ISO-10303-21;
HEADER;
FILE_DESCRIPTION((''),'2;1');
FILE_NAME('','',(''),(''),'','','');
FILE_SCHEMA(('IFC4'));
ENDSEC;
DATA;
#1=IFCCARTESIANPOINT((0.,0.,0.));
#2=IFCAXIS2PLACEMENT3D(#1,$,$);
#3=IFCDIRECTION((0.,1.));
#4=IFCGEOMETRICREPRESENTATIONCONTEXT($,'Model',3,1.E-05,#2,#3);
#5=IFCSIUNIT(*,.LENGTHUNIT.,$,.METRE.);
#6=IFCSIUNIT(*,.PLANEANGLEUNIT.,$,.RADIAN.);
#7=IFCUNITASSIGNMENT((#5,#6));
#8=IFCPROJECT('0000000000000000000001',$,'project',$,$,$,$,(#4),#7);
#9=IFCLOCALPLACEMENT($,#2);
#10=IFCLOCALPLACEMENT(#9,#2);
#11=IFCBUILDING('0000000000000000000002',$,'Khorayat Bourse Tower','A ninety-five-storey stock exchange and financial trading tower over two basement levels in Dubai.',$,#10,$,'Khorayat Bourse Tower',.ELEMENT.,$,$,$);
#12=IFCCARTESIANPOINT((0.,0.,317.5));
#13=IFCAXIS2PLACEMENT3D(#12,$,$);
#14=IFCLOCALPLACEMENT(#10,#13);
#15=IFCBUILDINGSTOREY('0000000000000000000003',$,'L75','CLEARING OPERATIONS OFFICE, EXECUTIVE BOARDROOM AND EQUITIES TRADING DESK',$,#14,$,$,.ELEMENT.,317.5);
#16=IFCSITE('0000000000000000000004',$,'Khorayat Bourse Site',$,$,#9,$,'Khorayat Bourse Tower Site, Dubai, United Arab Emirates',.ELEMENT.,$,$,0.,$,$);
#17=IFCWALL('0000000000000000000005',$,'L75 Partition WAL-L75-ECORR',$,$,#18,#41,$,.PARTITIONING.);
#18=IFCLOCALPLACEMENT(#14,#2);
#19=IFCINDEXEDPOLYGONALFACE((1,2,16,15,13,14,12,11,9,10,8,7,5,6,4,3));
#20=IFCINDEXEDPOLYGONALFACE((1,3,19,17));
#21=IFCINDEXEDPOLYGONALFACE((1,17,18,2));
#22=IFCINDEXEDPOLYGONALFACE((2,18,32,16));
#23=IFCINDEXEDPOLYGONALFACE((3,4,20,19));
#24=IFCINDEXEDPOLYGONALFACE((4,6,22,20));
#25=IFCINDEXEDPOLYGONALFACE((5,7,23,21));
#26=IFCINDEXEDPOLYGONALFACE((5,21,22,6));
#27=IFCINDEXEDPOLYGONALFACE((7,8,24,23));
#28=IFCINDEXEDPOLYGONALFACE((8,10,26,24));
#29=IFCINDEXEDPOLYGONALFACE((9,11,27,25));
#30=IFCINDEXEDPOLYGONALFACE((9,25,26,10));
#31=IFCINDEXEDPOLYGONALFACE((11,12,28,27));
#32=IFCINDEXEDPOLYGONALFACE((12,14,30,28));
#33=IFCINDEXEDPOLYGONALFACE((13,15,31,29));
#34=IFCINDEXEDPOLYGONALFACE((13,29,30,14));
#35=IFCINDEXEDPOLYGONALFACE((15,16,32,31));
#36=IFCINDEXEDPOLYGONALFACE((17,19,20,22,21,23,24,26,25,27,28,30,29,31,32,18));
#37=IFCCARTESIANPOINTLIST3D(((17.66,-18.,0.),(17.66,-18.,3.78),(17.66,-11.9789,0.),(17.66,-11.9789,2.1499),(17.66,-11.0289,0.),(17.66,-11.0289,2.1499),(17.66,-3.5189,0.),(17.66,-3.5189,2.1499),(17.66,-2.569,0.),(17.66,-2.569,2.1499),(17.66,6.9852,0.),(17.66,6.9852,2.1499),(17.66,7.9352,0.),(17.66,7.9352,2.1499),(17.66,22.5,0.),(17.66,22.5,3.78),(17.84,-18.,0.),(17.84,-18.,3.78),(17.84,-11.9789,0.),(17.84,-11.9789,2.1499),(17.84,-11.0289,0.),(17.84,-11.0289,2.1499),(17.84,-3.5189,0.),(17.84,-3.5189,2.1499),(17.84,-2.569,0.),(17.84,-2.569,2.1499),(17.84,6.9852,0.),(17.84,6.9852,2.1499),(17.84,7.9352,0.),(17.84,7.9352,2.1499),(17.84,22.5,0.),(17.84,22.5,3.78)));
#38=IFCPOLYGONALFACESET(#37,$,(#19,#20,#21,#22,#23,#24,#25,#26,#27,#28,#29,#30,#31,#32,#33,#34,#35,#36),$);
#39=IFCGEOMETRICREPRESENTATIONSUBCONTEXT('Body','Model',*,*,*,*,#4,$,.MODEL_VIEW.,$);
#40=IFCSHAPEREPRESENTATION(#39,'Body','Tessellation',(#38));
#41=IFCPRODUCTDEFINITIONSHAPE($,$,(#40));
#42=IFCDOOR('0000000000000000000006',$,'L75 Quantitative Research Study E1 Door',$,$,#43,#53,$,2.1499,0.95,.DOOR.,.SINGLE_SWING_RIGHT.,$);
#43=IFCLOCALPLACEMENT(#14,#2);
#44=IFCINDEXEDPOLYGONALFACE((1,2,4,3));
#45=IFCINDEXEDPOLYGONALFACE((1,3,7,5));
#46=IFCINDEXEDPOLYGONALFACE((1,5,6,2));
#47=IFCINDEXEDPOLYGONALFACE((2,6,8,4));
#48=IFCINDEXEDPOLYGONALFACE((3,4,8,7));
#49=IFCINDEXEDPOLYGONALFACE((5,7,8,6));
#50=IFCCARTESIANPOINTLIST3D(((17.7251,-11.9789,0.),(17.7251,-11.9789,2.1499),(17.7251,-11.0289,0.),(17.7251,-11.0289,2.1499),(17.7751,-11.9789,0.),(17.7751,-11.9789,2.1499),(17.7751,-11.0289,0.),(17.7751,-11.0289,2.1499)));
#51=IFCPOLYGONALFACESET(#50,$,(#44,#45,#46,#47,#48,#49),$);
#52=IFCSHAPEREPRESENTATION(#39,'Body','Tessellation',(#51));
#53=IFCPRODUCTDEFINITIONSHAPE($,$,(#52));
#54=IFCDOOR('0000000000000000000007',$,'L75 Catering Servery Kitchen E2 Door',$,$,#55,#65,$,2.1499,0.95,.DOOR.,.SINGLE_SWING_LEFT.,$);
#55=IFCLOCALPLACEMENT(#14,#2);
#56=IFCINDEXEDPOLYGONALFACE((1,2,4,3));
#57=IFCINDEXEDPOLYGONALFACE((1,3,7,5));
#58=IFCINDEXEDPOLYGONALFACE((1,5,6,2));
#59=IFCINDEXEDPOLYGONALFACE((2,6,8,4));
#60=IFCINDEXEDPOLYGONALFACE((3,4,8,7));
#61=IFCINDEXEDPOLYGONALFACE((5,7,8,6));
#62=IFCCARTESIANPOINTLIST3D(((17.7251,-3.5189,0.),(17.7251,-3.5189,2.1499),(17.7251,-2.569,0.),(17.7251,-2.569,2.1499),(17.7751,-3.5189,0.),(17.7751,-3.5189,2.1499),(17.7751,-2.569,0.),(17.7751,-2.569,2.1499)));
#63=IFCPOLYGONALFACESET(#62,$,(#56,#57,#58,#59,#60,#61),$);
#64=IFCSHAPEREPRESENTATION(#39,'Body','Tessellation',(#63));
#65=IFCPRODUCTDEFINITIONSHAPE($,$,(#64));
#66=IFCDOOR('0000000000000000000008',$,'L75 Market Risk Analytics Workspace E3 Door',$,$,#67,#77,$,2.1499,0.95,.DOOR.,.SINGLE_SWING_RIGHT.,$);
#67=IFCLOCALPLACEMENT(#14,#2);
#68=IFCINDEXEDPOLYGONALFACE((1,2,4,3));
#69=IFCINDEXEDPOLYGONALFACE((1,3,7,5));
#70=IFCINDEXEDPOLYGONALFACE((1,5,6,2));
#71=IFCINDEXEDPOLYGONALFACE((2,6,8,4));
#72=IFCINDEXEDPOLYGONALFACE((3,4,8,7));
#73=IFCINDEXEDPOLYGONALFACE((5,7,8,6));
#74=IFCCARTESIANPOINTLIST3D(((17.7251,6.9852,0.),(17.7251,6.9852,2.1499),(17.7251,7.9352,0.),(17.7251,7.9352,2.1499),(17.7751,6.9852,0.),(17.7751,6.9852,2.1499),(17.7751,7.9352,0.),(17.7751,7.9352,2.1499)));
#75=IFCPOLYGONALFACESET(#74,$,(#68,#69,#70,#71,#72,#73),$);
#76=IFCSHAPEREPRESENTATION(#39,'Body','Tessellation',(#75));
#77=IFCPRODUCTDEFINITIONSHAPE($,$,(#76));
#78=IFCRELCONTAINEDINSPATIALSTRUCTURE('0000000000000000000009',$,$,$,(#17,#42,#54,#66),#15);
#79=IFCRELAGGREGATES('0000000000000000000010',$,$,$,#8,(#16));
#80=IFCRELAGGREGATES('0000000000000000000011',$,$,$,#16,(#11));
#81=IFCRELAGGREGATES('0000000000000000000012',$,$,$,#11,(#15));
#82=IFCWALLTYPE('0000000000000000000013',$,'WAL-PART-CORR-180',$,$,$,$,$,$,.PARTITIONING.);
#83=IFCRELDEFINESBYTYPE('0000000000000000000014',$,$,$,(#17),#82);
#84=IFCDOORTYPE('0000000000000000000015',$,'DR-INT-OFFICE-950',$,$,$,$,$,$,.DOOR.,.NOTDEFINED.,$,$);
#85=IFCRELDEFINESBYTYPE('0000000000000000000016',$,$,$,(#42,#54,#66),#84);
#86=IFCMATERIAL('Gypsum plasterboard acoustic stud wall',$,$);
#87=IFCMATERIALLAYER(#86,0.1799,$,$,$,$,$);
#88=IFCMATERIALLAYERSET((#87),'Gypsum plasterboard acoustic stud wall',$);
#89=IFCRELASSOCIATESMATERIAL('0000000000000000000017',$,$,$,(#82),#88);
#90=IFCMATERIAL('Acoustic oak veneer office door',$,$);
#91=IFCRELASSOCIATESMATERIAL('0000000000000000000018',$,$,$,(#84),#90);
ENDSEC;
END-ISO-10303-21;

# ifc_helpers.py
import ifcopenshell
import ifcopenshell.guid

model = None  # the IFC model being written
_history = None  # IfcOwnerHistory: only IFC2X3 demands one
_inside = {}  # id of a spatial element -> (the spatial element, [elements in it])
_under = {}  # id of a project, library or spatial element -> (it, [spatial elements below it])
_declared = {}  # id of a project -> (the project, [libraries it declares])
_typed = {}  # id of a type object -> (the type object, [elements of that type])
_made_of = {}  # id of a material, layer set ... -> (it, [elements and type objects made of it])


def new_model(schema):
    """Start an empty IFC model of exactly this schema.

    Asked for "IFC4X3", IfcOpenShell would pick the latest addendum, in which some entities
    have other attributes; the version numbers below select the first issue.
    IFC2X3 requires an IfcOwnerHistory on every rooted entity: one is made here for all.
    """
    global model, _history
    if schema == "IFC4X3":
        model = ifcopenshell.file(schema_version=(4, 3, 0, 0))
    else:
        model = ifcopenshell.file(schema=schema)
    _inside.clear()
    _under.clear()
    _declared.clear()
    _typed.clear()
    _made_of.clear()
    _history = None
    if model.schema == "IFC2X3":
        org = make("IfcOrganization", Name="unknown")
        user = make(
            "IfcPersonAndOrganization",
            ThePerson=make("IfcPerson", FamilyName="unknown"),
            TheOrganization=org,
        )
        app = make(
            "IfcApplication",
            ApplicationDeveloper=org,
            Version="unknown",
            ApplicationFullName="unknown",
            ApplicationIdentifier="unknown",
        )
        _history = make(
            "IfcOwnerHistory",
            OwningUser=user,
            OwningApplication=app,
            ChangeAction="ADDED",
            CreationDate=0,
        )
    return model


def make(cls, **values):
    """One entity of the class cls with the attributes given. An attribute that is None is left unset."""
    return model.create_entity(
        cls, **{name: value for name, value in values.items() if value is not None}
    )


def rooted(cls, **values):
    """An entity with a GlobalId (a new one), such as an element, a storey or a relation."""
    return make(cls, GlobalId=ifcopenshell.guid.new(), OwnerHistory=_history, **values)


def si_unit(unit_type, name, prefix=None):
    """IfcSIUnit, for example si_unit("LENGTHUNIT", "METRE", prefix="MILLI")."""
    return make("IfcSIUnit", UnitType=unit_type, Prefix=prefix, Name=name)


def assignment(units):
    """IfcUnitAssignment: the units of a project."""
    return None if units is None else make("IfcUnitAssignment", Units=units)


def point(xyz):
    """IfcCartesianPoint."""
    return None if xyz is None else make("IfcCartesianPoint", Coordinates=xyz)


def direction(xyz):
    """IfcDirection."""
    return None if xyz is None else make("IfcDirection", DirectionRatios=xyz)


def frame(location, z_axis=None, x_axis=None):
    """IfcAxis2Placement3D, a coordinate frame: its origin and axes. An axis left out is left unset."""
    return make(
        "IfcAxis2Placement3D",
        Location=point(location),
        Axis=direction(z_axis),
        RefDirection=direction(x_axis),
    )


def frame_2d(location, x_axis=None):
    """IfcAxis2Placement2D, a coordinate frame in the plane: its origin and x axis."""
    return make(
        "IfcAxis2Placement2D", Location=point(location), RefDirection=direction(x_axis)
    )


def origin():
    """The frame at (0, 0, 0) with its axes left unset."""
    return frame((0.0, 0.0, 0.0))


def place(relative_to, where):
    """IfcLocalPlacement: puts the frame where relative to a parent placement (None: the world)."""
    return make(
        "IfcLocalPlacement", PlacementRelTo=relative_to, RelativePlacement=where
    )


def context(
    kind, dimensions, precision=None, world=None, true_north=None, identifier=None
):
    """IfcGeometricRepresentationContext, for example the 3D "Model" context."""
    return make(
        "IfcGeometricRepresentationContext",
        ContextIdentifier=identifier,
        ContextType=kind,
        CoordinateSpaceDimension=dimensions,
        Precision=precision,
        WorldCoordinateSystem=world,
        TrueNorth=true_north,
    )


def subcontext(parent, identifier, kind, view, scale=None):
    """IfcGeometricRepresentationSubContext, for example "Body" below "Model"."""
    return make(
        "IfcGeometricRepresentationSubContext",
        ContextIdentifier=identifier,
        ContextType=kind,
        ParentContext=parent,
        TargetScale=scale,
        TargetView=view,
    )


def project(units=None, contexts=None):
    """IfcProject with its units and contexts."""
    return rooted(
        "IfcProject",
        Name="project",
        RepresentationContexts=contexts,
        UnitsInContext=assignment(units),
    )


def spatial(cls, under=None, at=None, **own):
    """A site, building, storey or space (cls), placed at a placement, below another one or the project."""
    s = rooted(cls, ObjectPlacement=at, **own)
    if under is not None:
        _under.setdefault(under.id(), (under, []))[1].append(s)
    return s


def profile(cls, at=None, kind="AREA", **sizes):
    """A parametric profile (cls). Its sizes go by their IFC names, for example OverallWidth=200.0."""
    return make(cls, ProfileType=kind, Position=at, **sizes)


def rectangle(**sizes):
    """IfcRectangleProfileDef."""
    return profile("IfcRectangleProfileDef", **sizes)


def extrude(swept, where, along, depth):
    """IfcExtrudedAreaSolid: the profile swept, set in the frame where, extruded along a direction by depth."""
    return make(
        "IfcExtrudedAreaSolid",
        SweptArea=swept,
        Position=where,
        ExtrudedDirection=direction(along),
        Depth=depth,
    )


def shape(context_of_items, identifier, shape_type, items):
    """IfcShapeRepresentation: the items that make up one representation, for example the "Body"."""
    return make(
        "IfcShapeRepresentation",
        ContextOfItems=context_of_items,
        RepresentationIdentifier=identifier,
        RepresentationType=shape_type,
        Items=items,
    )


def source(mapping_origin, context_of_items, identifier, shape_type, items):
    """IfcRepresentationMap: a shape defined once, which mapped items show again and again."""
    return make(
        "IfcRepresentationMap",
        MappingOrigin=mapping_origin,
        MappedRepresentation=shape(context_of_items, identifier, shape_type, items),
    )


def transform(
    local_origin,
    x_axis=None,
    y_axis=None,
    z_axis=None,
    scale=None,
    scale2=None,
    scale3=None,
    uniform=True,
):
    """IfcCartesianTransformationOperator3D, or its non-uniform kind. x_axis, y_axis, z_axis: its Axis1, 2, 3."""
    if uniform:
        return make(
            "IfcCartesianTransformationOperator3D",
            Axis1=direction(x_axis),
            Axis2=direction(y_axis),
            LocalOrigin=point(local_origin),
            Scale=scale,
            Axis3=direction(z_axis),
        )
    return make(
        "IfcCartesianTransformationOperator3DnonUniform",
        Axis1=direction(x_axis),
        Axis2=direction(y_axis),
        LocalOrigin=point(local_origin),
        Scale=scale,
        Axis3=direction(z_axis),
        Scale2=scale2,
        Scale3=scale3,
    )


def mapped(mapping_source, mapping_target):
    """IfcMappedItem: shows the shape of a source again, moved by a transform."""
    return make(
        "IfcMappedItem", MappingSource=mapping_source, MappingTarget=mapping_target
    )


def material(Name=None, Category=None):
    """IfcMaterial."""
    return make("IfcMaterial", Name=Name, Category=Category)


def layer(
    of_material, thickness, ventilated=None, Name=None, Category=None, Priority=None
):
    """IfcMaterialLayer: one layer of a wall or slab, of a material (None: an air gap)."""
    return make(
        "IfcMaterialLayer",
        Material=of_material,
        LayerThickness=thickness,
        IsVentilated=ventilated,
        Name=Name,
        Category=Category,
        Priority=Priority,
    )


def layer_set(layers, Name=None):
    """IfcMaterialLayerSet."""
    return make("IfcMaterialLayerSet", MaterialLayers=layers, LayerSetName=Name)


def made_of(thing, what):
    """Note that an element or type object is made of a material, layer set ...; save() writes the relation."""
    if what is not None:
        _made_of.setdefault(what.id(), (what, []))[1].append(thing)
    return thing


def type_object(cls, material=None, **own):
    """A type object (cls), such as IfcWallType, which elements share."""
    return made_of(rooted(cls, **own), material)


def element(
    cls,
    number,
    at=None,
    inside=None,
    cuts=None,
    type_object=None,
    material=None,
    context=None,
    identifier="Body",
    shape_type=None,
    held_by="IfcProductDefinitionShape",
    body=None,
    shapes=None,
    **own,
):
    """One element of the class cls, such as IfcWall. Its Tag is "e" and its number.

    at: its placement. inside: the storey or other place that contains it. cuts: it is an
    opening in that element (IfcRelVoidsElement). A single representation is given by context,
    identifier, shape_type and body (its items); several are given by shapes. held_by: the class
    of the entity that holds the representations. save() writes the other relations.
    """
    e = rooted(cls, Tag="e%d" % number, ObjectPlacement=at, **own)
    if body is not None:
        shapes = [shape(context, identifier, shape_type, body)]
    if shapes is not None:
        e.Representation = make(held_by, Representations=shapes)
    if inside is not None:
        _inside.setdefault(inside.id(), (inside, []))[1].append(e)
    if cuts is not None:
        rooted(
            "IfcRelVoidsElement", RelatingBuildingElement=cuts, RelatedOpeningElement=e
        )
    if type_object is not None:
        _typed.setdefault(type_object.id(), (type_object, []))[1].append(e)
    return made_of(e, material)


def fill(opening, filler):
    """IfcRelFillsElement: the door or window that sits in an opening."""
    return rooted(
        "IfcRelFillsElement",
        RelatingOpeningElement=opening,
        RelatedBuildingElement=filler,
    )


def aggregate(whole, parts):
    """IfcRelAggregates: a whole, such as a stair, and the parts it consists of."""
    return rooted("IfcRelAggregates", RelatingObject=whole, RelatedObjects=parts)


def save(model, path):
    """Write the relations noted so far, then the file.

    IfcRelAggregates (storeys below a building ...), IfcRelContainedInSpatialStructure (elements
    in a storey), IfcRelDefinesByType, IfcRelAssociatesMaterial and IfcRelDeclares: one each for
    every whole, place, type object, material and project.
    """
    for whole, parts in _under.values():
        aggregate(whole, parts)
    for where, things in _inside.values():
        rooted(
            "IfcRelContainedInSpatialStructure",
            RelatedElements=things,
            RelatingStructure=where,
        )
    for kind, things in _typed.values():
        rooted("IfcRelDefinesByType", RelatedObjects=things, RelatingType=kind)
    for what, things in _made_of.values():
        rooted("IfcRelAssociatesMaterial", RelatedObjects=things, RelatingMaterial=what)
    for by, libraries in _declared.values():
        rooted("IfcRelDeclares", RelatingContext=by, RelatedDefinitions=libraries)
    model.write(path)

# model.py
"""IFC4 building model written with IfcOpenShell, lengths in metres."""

from ifc_helpers import new_model, si_unit, direction, frame, frame_2d, origin, place, context, subcontext, project, spatial, rectangle, extrude, source, transform, mapped, material, layer, layer_set, type_object, element, fill, save


model = new_model("IFC4")

# Units and contexts
model_context = context("Model", 3, precision=1e-05, world=origin(), true_north=direction((0.0, 1.0)))
body_context = subcontext(model_context, "Body", "Model", "MODEL_VIEW")
ifc_project = project(units=[si_unit("LENGTHUNIT", "METRE"), si_unit("PLANEANGLEUNIT", "RADIAN")], contexts=[model_context])

# Site, building, storey
site_placement = place(None, origin())
site = spatial("IfcSite", under=ifc_project, at=site_placement, Name="Khorayat Bourse Site", LongName="Khorayat Bourse Tower Site, Dubai, United Arab Emirates", CompositionType="ELEMENT", RefElevation=0.0)
building_placement = place(site_placement, origin())
building = spatial("IfcBuilding", under=site, at=building_placement, Name="Khorayat Bourse Tower", Description="A ninety-five-storey stock exchange and financial trading tower over two basement levels in Dubai.", LongName="Khorayat Bourse Tower", CompositionType="ELEMENT")
storey_placement = place(building_placement, frame((0.0, 0.0, 317.5)))
storey = spatial("IfcBuildingStorey", under=building, at=storey_placement, Name="L75", Description="CLEARING OPERATIONS OFFICE, EXECUTIVE BOARDROOM AND EQUITIES TRADING DESK", CompositionType="ELEMENT", Elevation=317.5)

# Shared definitions
ifc_material_1 = material(Name="Gypsum plasterboard acoustic stud wall")
ifc_layer_1 = layer(ifc_material_1, 0.1799)
ifc_layer_set_1 = layer_set([ifc_layer_1], Name="Gypsum plasterboard acoustic stud wall")
wall_type_1 = type_object("IfcWallType", Name="WAL-PART-CORR-180", PredefinedType="PARTITIONING", material=ifc_layer_set_1)

# Wall, openings, doors
shared_shape_1 = source(origin(), body_context, "Body", "SweptSolid", [
    extrude(rectangle(XDim=40.5, YDim=0.1799, at=frame_2d((20.25, 0.0))), origin(), (0.0, 0.0, 1.0), 3.78),
])
wall_1_placement = place(storey_placement, frame((17.75, -18.0, 0.0), z_axis=(0.0, 0.0, 1.0), x_axis=(0.0, 1.0, 0.0)))
wall_1 = element("IfcWall", 1, at=wall_1_placement, inside=storey, type_object=wall_type_1, Name="L75 Partition WAL-L75-ECORR", PredefinedType="PARTITIONING", context=body_context, shape_type="MappedRepresentation", body=[
    mapped(shared_shape_1, transform((0.0, 0.0, 0.0), scale=1.0)),
])
shared_shape_2 = source(origin(), body_context, "Body", "SweptSolid", [
    extrude(rectangle(XDim=0.95, YDim=2.1499, at=frame_2d((0.4751, 1.075))), frame((0.0, 0.0999, 0.0), z_axis=(0.0, -1.0, 0.0), x_axis=(1.0, 0.0, 0.0)), (0.0, 0.0, 1.0), 0.2),
])
opening_1_placement = place(wall_1_placement, frame((6.021, 0.0, 0.0)))
opening_1 = element("IfcOpeningElement", 2, at=opening_1_placement, cuts=wall_1, PredefinedType="OPENING", context=body_context, shape_type="MappedRepresentation", body=[
    mapped(shared_shape_2, transform((0.0, 0.0, 0.0), scale=1.0)),
])
opening_2_placement = place(wall_1_placement, frame((14.481, 0.0, 0.0)))
opening_2 = element("IfcOpeningElement", 3, at=opening_2_placement, cuts=wall_1, PredefinedType="OPENING", context=body_context, shape_type="MappedRepresentation", body=[
    mapped(shared_shape_2, transform((0.0, 0.0, 0.0), scale=1.0)),
])
opening_3_placement = place(wall_1_placement, frame((24.9851, 0.0, 0.0)))
opening_3 = element("IfcOpeningElement", 4, at=opening_3_placement, cuts=wall_1, PredefinedType="OPENING", context=body_context, shape_type="MappedRepresentation", body=[
    mapped(shared_shape_2, transform((0.0, 0.0, 0.0), scale=1.0)),
])
ifc_material_2 = material(Name="Acoustic oak veneer office door")
door_type_1 = type_object("IfcDoorType", Name="DR-INT-OFFICE-950", OperationType="NOTDEFINED", PredefinedType="DOOR", material=ifc_material_2)
shared_shape_3 = source(origin(), body_context, "Body", "SweptSolid", [
    extrude(rectangle(XDim=0.95, YDim=2.1499, at=frame_2d((0.4751, 1.075))), frame((0.0, 0.0249, 0.0), z_axis=(0.0, -1.0, 0.0), x_axis=(1.0, 0.0, 0.0)), (0.0, 0.0, 1.0), 0.05),
])
door_1_placement = place(opening_1_placement, origin())
door_1 = element("IfcDoor", 5, at=door_1_placement, inside=storey, type_object=door_type_1, Name="L75 Quantitative Research Study E1 Door", OperationType="SINGLE_SWING_RIGHT", OverallHeight=2.1499, OverallWidth=0.95, PredefinedType="DOOR", context=body_context, shape_type="MappedRepresentation", body=[
    mapped(shared_shape_3, transform((0.0, 0.0, 0.0), scale=1.0)),
])
fill(opening_1, door_1)
door_2_placement = place(opening_2_placement, origin())
door_2 = element("IfcDoor", 6, at=door_2_placement, inside=storey, type_object=door_type_1, Name="L75 Catering Servery Kitchen E2 Door", OperationType="SINGLE_SWING_LEFT", OverallHeight=2.1499, OverallWidth=0.95, PredefinedType="DOOR", context=body_context, shape_type="MappedRepresentation", body=[
    mapped(shared_shape_3, transform((0.0, 0.0, 0.0), scale=1.0)),
])
fill(opening_2, door_2)
door_3_placement = place(opening_3_placement, origin())
door_3 = element("IfcDoor", 7, at=door_3_placement, inside=storey, type_object=door_type_1, Name="L75 Market Risk Analytics Workspace E3 Door", OperationType="SINGLE_SWING_RIGHT", OverallHeight=2.1499, OverallWidth=0.95, PredefinedType="DOOR", context=body_context, shape_type="MappedRepresentation", body=[
    mapped(shared_shape_3, transform((0.0, 0.0, 0.0), scale=1.0)),
])
fill(opening_3, door_3)

save(model, "model.ifc")
